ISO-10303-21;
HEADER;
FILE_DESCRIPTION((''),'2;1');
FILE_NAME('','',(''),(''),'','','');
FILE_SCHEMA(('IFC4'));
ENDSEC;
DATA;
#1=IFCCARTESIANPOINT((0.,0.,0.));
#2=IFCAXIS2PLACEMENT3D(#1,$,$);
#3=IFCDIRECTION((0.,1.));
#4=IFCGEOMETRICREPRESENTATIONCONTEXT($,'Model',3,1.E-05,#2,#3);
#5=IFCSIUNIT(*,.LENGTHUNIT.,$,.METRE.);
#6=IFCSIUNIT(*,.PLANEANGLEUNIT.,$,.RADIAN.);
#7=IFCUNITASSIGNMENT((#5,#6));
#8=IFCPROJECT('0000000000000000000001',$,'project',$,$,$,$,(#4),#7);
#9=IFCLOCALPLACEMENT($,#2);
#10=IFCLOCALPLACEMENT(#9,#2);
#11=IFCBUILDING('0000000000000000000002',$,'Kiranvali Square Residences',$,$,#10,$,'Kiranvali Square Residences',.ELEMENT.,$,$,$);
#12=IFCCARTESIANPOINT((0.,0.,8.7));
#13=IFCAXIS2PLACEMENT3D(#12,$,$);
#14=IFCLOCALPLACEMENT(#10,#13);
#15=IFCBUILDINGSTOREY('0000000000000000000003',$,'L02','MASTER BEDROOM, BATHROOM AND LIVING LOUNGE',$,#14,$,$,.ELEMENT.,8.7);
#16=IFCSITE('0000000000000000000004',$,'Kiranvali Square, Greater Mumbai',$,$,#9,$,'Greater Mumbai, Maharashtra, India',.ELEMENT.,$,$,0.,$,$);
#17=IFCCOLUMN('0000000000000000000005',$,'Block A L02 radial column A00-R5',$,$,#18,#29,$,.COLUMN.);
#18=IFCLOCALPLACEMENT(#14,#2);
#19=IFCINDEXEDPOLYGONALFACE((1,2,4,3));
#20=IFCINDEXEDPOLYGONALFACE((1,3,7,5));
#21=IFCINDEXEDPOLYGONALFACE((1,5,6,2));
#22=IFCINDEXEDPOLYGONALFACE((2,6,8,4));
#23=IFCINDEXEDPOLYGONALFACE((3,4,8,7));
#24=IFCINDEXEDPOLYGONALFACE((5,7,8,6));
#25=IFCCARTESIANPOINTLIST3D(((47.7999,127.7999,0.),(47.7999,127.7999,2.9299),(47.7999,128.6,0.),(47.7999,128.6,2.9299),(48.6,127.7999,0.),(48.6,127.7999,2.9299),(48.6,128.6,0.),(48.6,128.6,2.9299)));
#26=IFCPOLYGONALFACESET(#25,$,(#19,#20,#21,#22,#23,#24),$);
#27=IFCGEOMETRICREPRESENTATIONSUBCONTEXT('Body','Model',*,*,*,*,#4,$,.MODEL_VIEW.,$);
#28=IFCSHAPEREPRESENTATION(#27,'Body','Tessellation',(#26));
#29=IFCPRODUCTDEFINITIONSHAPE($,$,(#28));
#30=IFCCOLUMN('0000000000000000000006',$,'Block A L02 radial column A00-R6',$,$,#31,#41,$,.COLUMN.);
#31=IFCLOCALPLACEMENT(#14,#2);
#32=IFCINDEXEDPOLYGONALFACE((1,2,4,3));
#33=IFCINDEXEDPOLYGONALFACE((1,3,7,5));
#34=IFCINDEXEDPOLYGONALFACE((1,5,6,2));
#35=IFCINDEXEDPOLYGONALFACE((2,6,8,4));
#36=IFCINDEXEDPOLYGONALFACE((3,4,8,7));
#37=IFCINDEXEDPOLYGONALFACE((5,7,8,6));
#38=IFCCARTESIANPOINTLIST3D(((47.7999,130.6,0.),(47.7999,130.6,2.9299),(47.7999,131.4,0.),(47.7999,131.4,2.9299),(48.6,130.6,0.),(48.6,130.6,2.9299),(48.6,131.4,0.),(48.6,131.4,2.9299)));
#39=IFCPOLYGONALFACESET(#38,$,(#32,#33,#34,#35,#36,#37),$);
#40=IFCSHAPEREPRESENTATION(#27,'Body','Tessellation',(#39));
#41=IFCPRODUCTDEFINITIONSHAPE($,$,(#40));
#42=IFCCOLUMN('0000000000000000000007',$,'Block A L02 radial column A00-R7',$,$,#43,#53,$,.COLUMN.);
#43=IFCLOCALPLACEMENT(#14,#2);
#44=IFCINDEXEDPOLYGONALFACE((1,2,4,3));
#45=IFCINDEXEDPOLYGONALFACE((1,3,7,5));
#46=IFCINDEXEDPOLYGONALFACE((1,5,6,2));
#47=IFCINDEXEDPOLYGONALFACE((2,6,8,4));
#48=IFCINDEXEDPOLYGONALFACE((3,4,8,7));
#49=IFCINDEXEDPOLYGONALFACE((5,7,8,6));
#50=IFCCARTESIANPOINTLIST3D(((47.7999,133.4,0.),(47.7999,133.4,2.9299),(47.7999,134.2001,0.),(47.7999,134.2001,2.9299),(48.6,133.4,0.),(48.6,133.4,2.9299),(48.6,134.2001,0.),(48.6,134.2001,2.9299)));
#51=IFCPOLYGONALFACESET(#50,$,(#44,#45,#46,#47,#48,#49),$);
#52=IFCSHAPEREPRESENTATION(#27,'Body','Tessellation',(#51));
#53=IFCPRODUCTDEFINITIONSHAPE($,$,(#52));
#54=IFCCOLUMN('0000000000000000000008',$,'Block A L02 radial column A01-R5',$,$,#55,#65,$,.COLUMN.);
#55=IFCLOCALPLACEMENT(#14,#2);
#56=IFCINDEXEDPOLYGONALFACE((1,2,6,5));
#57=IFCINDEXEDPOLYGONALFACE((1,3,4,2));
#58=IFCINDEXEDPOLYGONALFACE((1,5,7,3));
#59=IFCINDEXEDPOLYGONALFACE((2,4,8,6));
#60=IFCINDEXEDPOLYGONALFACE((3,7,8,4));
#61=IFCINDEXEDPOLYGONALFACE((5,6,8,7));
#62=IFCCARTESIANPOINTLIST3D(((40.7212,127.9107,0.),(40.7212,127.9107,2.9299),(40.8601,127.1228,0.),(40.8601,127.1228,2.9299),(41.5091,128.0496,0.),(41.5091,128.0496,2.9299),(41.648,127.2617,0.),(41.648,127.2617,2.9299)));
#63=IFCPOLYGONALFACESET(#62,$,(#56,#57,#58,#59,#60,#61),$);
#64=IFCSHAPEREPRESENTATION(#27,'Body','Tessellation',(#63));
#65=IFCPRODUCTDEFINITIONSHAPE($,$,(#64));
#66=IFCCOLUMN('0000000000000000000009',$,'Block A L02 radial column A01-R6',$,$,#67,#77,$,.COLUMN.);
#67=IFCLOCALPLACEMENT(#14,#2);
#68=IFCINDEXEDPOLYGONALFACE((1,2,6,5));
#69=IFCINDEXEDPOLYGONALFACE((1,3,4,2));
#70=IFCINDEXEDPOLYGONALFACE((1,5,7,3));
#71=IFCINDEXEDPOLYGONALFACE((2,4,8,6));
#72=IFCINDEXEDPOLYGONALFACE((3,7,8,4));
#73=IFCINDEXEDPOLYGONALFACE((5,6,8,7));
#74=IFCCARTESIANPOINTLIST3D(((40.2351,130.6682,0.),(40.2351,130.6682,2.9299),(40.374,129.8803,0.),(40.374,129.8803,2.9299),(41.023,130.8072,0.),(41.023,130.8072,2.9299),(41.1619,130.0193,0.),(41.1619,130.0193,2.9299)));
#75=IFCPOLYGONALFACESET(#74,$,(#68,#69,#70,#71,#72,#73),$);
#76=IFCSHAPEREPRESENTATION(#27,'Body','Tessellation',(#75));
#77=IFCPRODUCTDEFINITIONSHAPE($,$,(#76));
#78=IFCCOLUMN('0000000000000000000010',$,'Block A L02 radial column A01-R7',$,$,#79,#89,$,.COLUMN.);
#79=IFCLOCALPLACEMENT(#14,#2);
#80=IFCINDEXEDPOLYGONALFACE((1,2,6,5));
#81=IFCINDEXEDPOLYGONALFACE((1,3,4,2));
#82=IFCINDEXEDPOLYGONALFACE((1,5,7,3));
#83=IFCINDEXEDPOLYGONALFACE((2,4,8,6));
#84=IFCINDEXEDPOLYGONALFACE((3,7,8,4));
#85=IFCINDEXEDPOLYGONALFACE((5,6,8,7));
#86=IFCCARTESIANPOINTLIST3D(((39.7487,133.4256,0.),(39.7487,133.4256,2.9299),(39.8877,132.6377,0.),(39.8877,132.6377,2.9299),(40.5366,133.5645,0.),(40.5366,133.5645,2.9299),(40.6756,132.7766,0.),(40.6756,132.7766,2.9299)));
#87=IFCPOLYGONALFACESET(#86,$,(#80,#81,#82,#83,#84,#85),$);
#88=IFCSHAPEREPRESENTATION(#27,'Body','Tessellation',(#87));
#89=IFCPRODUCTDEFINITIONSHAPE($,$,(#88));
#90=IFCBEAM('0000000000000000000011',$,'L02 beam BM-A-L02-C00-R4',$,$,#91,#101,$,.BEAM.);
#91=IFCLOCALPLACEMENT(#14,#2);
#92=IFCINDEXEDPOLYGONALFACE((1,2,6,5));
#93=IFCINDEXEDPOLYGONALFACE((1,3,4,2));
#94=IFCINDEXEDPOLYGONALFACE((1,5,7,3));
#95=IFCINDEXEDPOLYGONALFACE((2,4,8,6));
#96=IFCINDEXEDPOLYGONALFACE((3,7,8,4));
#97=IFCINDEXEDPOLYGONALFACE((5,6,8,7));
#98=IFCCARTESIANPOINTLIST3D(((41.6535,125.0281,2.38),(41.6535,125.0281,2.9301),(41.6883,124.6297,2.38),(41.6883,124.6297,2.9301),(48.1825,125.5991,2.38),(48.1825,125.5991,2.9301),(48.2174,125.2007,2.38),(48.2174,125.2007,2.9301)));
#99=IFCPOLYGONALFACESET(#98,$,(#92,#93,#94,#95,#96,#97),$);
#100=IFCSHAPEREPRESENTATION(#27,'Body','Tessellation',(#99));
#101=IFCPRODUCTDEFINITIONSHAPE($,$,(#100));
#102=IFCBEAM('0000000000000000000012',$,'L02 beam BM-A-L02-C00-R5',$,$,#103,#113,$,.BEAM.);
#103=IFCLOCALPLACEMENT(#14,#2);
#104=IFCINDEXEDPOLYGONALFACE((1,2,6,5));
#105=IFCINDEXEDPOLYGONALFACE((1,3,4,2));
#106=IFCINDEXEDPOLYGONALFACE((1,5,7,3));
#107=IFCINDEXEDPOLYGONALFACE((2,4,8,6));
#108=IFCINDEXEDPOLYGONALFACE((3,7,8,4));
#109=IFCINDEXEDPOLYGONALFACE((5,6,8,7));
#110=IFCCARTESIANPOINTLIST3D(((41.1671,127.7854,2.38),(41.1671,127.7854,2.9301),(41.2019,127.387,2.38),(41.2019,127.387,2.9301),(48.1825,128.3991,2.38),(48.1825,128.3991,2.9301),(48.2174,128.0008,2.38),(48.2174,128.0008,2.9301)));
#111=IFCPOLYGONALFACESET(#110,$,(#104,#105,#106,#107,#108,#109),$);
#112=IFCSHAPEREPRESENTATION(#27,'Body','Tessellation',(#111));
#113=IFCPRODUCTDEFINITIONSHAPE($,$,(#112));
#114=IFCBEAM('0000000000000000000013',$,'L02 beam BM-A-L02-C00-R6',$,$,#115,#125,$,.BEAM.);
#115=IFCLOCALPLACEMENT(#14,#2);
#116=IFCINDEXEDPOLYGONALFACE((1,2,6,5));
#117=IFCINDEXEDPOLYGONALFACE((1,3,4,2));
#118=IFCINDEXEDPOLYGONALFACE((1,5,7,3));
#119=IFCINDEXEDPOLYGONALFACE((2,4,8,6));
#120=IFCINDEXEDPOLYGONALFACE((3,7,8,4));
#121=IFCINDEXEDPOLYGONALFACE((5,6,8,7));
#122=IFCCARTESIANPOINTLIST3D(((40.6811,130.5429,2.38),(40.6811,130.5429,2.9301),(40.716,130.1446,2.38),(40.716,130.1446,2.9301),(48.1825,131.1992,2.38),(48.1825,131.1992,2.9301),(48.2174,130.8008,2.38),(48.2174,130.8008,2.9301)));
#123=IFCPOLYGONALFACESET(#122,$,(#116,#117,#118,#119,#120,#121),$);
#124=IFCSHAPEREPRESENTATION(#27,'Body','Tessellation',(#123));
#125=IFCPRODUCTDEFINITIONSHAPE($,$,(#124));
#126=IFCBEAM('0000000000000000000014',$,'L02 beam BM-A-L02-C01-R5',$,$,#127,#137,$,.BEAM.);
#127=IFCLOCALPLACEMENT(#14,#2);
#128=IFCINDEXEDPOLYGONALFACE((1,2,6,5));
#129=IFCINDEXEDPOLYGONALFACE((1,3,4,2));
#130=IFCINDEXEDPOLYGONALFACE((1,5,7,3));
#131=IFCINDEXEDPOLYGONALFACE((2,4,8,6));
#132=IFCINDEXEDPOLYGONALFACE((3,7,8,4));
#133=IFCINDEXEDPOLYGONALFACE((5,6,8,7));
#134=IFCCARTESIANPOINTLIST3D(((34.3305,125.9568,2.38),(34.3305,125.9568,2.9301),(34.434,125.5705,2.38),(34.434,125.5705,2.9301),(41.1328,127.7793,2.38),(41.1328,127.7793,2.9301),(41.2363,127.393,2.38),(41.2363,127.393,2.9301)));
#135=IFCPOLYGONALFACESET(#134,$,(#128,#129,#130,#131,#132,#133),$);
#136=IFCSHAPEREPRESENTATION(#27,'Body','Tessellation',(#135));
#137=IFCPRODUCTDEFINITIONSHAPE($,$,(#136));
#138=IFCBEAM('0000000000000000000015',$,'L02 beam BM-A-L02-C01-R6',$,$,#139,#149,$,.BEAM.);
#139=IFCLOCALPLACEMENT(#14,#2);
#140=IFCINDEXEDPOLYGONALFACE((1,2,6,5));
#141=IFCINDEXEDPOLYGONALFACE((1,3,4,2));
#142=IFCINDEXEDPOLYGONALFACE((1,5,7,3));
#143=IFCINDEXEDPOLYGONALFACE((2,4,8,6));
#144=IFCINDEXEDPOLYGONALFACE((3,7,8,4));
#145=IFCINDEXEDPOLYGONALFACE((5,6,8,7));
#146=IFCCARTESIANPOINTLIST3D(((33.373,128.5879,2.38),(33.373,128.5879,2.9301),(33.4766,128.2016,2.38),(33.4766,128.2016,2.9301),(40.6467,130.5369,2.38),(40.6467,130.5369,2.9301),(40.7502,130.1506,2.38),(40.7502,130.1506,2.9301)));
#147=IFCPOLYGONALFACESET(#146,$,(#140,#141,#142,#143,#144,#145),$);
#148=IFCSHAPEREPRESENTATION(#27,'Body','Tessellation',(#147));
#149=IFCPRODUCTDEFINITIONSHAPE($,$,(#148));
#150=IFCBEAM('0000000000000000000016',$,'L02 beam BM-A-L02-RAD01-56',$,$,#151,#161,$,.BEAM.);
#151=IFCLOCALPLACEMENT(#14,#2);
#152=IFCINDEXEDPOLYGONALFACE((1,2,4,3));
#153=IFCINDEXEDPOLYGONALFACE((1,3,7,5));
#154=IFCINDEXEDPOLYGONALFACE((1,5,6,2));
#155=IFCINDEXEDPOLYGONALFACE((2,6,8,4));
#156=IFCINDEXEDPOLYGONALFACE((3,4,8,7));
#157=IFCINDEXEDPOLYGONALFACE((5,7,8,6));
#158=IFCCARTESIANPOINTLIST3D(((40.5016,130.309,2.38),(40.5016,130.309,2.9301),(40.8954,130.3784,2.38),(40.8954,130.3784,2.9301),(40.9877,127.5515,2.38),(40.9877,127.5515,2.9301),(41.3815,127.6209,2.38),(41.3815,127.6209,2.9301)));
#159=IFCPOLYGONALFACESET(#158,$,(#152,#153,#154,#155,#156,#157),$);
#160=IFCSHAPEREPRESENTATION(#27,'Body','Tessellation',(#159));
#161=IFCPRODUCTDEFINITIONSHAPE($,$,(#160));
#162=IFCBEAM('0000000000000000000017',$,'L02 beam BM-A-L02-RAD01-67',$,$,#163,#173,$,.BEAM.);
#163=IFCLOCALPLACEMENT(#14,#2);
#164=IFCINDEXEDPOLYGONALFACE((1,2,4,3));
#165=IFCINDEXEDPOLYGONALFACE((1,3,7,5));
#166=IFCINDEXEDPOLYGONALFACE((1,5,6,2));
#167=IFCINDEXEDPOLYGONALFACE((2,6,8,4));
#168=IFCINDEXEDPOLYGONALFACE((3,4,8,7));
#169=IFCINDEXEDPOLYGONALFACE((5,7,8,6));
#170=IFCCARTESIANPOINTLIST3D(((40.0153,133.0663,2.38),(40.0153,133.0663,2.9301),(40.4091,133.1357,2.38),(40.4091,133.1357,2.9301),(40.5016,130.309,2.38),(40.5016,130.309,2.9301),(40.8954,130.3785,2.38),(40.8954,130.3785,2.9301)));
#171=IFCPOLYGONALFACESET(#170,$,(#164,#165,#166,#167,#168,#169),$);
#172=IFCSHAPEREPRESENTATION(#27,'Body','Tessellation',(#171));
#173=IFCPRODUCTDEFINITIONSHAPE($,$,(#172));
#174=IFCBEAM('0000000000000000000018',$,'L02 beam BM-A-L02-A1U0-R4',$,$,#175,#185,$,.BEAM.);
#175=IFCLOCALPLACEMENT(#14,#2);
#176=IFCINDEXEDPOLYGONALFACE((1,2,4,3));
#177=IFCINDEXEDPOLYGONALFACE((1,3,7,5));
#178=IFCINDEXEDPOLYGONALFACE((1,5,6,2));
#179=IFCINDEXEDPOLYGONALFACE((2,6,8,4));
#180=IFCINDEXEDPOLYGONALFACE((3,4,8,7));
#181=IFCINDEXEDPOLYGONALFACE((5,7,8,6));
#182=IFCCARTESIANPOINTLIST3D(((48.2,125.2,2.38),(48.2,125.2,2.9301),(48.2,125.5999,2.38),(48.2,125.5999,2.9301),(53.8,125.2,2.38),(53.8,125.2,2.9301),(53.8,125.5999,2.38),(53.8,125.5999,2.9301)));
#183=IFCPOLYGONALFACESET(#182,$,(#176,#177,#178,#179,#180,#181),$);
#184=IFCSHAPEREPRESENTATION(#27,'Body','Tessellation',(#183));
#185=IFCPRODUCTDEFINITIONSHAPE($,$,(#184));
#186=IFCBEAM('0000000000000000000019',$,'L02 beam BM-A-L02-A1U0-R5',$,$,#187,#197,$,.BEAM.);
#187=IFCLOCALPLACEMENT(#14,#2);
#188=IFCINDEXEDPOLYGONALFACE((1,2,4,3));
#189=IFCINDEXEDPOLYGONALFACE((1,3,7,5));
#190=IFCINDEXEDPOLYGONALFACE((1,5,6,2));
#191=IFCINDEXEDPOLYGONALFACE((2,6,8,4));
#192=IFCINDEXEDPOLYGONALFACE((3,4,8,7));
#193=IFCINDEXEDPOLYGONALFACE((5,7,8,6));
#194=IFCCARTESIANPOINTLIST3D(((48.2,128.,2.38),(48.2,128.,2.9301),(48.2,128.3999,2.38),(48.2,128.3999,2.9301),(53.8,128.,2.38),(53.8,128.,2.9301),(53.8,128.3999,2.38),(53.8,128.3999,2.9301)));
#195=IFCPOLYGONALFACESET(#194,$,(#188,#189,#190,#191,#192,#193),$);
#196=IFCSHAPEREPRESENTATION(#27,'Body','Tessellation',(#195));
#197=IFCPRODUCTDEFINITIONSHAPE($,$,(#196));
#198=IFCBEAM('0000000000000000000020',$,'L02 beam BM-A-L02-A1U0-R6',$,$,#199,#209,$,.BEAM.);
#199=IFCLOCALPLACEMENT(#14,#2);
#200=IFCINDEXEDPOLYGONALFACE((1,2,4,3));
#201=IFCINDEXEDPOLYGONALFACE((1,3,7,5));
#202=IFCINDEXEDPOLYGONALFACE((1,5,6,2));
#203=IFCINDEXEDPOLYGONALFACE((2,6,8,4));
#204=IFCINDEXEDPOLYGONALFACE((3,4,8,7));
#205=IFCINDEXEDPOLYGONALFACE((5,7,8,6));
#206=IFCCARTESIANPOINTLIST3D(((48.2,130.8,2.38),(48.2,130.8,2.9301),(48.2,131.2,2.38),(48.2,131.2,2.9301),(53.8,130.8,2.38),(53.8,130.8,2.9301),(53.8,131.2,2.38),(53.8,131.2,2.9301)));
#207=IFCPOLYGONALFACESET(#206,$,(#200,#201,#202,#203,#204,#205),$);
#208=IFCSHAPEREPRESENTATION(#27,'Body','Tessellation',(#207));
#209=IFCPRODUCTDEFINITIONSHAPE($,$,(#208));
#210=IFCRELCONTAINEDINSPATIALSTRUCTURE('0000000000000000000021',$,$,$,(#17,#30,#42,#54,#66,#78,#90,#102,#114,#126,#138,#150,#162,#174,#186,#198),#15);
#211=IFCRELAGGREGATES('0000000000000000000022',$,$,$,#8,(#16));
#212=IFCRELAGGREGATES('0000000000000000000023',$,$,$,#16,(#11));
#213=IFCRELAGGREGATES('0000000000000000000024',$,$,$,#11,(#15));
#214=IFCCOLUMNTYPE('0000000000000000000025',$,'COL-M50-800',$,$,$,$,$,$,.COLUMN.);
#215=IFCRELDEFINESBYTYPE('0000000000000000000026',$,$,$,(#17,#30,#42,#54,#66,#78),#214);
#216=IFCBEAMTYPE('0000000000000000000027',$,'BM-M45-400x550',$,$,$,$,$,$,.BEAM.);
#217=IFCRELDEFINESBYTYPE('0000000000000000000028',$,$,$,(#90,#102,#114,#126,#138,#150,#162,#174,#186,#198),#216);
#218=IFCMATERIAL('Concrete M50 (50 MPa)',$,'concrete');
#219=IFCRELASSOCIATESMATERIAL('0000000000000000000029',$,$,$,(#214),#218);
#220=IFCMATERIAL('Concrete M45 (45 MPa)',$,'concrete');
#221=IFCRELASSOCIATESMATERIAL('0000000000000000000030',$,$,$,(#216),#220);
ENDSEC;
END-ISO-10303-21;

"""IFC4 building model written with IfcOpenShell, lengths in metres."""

from ifc_helpers import new_model, si_unit, direction, frame, origin, origin_2d, place, context, subcontext, project, spatial, rectangle, extrude, material, material_profile, profile_set, type_object, element, save


model = new_model("IFC4")

# Units and contexts
model_context = context("Model", 3, precision=1e-05, world=origin(), true_north=direction((0.0, 1.0)))
body_context = subcontext(model_context, "Body", "Model", "MODEL_VIEW")
ifc_project = project(units=[si_unit("LENGTHUNIT", "METRE"), si_unit("PLANEANGLEUNIT", "RADIAN")], contexts=[model_context])

# Site, building, storey
site_placement = place(None, origin())
site = spatial("IfcSite", under=ifc_project, at=site_placement, Name="Kiranvali Square, Greater Mumbai", LongName="Greater Mumbai, Maharashtra, India", CompositionType="ELEMENT", RefElevation=0.0)
building_placement = place(site_placement, origin())
building = spatial("IfcBuilding", under=site, at=building_placement, Name="Kiranvali Square Residences", LongName="Kiranvali Square Residences", CompositionType="ELEMENT")
storey_placement = place(building_placement, frame((0.0, 0.0, 8.7)))
storey = spatial("IfcBuildingStorey", under=building, at=storey_placement, Name="L02", Description="MASTER BEDROOM, BATHROOM AND LIVING LOUNGE", CompositionType="ELEMENT", Elevation=8.7)

# Columns
ifc_material_1 = material(Name="Concrete M50 (50 MPa)", Category="concrete")
ifc_material_profile_1 = material_profile(ifc_material_1, rectangle(XDim=0.8, YDim=0.8, at=origin_2d()), Name="RC 800x800")
ifc_profile_set_1 = profile_set([ifc_material_profile_1], Name="Concrete M50 (50 MPa)")
column_type = type_object("IfcColumnType", Name="COL-M50-800", PredefinedType="COLUMN", material=ifc_profile_set_1)
for number, where, z_axis, x_axis, name in (
    (1, (48.2, 128.2, 0.0), (0.0, 0.0, 1.0), (1.0, 0.0, 0.0), "Block A L02 radial column A00-R5"),
    (2, (48.2, 131.0, 0.0), (0.0, 0.0, 1.0), (1.0, 0.0, 0.0), "Block A L02 radial column A00-R6"),
    (3, (48.2, 133.8, 0.0), (0.0, 0.0, 1.0), (1.0, 0.0, 0.0), "Block A L02 radial column A00-R7"),
    (4, (41.1846, 127.5862, 0.0), (0.0, 0.0, 1.0), (0.984808, 0.173648, 0.0), "Block A L02 radial column A01-R5"),
    (5, (40.6985, 130.3438, 0.0), (0.0, 0.0, 1.0), (0.984808, 0.173648, 0.0), "Block A L02 radial column A01-R6"),
    (6, (40.2122, 133.1011, 0.0), (0.0, 0.0, 1.0), (0.984808, 0.173648, 0.0), "Block A L02 radial column A01-R7"),
):
    element("IfcColumn", number, at=place(storey_placement, frame(where, z_axis=z_axis, x_axis=x_axis)), inside=storey, type_object=column_type, Name=name, PredefinedType="COLUMN", context=body_context, shape_type="SweptSolid", body=[
        extrude(rectangle(XDim=0.8, YDim=0.8, at=origin_2d()), origin(), (0.0, 0.0, 1.0), 2.9299),
    ])

# Beams
ifc_material_2 = material(Name="Concrete M45 (45 MPa)", Category="concrete")
ifc_material_profile_2 = material_profile(ifc_material_2, rectangle(XDim=0.3999, YDim=0.55, at=origin_2d()), Name="RC 400x550")
ifc_profile_set_2 = profile_set([ifc_material_profile_2], Name="Concrete M45 (45 MPa)")
beam_type_1 = type_object("IfcBeamType", Name="BM-M45-400x550", PredefinedType="BEAM", material=ifc_profile_set_2)
beam_1_placement = place(storey_placement, frame((48.2, 125.3999, 2.655), z_axis=(-0.996197, -0.08713, 0.0), x_axis=(0.08713, -0.996197, 0.0)))
element("IfcBeam", 7, at=beam_1_placement, inside=storey, type_object=beam_type_1, Name="L02 beam BM-A-L02-C00-R4", PredefinedType="BEAM", context=body_context, shape_type="SweptSolid", body=[
    extrude(rectangle(XDim=0.3999, YDim=0.55, at=origin_2d()), origin(), (0.0, 0.0, 1.0), 6.554),
])
beam_2_placement = place(storey_placement, frame((48.2, 128.2, 2.655), z_axis=(-0.996195, -0.087156, 0.0), x_axis=(0.087156, -0.996195, 0.0)))
element("IfcBeam", 8, at=beam_2_placement, inside=storey, type_object=beam_type_1, Name="L02 beam BM-A-L02-C00-R5", PredefinedType="BEAM", context=body_context, shape_type="SweptSolid", body=[
    extrude(rectangle(XDim=0.3999, YDim=0.55, at=origin_2d()), origin(), (0.0, 0.0, 1.0), 7.0422),
])
beam_3_placement = place(storey_placement, frame((48.2, 131.0, 2.655), z_axis=(-0.996195, -0.08715, 0.0), x_axis=(0.08715, -0.996195, 0.0)))
element("IfcBeam", 9, at=beam_3_placement, inside=storey, type_object=beam_type_1, Name="L02 beam BM-A-L02-C00-R6", PredefinedType="BEAM", context=body_context, shape_type="SweptSolid", body=[
    extrude(rectangle(XDim=0.3999, YDim=0.55, at=origin_2d()), origin(), (0.0, 0.0, 1.0), 7.53),
])
beam_4_placement = place(storey_placement, frame((41.1846, 127.5862, 2.655), z_axis=(-0.965931, -0.2588, 0.0), x_axis=(0.2588, -0.965931, 0.0)))
element("IfcBeam", 10, at=beam_4_placement, inside=storey, type_object=beam_type_1, Name="L02 beam BM-A-L02-C01-R5", PredefinedType="BEAM", context=body_context, shape_type="SweptSolid", body=[
    extrude(rectangle(XDim=0.3999, YDim=0.55, at=origin_2d()), origin(), (0.0, 0.0, 1.0), 7.0422),
])
beam_5_placement = place(storey_placement, frame((40.6985, 130.3438, 2.655), z_axis=(-0.965926, -0.258819, 0.0), x_axis=(0.258819, -0.965926, 0.0)))
element("IfcBeam", 11, at=beam_5_placement, inside=storey, type_object=beam_type_1, Name="L02 beam BM-A-L02-C01-R6", PredefinedType="BEAM", context=body_context, shape_type="SweptSolid", body=[
    extrude(rectangle(XDim=0.3999, YDim=0.55, at=origin_2d()), origin(), (0.0, 0.0, 1.0), 7.5303),
])
beam_6_placement = place(storey_placement, frame((41.1846, 127.5862, 2.655), z_axis=(-0.173596, 0.984817, 0.0), x_axis=(-0.984817, -0.173596, 0.0)))
element("IfcBeam", 12, at=beam_6_placement, inside=storey, type_object=beam_type_1, Name="L02 beam BM-A-L02-RAD01-56", PredefinedType="BEAM", context=body_context, shape_type="SweptSolid", body=[
    extrude(rectangle(XDim=0.3999, YDim=0.55, at=origin_2d()), origin(), (0.0, 0.0, 1.0), 2.8),
])
beam_7_placement = place(storey_placement, frame((40.6985, 130.3438, 2.655), z_axis=(-0.173696, 0.984799, 0.0), x_axis=(-0.984799, -0.173696, 0.0)))
element("IfcBeam", 13, at=beam_7_placement, inside=storey, type_object=beam_type_1, Name="L02 beam BM-A-L02-RAD01-67", PredefinedType="BEAM", context=body_context, shape_type="SweptSolid", body=[
    extrude(rectangle(XDim=0.3999, YDim=0.55, at=origin_2d()), origin(), (0.0, 0.0, 1.0), 2.7998),
])
for number, where, z_axis, x_axis, name in (
    (14, (48.2, 125.3999, 2.655), (1.0, 0.0, 0.0), (0.0, 1.0, 0.0), "L02 beam BM-A-L02-A1U0-R4"),
    (15, (48.2, 128.2, 2.655), (1.0, 0.0, 0.0), (0.0, 1.0, 0.0), "L02 beam BM-A-L02-A1U0-R5"),
    (16, (48.2, 131.0, 2.655), (1.0, 0.0, 0.0), (0.0, 1.0, 0.0), "L02 beam BM-A-L02-A1U0-R6"),
):
    element("IfcBeam", number, at=place(storey_placement, frame(where, z_axis=z_axis, x_axis=x_axis)), inside=storey, type_object=beam_type_1, Name=name, PredefinedType="BEAM", context=body_context, shape_type="SweptSolid", body=[
        extrude(rectangle(XDim=0.3999, YDim=0.55, at=origin_2d()), origin(), (0.0, 0.0, 1.0), 5.6001),
    ])

save(model, "model.ifc")
